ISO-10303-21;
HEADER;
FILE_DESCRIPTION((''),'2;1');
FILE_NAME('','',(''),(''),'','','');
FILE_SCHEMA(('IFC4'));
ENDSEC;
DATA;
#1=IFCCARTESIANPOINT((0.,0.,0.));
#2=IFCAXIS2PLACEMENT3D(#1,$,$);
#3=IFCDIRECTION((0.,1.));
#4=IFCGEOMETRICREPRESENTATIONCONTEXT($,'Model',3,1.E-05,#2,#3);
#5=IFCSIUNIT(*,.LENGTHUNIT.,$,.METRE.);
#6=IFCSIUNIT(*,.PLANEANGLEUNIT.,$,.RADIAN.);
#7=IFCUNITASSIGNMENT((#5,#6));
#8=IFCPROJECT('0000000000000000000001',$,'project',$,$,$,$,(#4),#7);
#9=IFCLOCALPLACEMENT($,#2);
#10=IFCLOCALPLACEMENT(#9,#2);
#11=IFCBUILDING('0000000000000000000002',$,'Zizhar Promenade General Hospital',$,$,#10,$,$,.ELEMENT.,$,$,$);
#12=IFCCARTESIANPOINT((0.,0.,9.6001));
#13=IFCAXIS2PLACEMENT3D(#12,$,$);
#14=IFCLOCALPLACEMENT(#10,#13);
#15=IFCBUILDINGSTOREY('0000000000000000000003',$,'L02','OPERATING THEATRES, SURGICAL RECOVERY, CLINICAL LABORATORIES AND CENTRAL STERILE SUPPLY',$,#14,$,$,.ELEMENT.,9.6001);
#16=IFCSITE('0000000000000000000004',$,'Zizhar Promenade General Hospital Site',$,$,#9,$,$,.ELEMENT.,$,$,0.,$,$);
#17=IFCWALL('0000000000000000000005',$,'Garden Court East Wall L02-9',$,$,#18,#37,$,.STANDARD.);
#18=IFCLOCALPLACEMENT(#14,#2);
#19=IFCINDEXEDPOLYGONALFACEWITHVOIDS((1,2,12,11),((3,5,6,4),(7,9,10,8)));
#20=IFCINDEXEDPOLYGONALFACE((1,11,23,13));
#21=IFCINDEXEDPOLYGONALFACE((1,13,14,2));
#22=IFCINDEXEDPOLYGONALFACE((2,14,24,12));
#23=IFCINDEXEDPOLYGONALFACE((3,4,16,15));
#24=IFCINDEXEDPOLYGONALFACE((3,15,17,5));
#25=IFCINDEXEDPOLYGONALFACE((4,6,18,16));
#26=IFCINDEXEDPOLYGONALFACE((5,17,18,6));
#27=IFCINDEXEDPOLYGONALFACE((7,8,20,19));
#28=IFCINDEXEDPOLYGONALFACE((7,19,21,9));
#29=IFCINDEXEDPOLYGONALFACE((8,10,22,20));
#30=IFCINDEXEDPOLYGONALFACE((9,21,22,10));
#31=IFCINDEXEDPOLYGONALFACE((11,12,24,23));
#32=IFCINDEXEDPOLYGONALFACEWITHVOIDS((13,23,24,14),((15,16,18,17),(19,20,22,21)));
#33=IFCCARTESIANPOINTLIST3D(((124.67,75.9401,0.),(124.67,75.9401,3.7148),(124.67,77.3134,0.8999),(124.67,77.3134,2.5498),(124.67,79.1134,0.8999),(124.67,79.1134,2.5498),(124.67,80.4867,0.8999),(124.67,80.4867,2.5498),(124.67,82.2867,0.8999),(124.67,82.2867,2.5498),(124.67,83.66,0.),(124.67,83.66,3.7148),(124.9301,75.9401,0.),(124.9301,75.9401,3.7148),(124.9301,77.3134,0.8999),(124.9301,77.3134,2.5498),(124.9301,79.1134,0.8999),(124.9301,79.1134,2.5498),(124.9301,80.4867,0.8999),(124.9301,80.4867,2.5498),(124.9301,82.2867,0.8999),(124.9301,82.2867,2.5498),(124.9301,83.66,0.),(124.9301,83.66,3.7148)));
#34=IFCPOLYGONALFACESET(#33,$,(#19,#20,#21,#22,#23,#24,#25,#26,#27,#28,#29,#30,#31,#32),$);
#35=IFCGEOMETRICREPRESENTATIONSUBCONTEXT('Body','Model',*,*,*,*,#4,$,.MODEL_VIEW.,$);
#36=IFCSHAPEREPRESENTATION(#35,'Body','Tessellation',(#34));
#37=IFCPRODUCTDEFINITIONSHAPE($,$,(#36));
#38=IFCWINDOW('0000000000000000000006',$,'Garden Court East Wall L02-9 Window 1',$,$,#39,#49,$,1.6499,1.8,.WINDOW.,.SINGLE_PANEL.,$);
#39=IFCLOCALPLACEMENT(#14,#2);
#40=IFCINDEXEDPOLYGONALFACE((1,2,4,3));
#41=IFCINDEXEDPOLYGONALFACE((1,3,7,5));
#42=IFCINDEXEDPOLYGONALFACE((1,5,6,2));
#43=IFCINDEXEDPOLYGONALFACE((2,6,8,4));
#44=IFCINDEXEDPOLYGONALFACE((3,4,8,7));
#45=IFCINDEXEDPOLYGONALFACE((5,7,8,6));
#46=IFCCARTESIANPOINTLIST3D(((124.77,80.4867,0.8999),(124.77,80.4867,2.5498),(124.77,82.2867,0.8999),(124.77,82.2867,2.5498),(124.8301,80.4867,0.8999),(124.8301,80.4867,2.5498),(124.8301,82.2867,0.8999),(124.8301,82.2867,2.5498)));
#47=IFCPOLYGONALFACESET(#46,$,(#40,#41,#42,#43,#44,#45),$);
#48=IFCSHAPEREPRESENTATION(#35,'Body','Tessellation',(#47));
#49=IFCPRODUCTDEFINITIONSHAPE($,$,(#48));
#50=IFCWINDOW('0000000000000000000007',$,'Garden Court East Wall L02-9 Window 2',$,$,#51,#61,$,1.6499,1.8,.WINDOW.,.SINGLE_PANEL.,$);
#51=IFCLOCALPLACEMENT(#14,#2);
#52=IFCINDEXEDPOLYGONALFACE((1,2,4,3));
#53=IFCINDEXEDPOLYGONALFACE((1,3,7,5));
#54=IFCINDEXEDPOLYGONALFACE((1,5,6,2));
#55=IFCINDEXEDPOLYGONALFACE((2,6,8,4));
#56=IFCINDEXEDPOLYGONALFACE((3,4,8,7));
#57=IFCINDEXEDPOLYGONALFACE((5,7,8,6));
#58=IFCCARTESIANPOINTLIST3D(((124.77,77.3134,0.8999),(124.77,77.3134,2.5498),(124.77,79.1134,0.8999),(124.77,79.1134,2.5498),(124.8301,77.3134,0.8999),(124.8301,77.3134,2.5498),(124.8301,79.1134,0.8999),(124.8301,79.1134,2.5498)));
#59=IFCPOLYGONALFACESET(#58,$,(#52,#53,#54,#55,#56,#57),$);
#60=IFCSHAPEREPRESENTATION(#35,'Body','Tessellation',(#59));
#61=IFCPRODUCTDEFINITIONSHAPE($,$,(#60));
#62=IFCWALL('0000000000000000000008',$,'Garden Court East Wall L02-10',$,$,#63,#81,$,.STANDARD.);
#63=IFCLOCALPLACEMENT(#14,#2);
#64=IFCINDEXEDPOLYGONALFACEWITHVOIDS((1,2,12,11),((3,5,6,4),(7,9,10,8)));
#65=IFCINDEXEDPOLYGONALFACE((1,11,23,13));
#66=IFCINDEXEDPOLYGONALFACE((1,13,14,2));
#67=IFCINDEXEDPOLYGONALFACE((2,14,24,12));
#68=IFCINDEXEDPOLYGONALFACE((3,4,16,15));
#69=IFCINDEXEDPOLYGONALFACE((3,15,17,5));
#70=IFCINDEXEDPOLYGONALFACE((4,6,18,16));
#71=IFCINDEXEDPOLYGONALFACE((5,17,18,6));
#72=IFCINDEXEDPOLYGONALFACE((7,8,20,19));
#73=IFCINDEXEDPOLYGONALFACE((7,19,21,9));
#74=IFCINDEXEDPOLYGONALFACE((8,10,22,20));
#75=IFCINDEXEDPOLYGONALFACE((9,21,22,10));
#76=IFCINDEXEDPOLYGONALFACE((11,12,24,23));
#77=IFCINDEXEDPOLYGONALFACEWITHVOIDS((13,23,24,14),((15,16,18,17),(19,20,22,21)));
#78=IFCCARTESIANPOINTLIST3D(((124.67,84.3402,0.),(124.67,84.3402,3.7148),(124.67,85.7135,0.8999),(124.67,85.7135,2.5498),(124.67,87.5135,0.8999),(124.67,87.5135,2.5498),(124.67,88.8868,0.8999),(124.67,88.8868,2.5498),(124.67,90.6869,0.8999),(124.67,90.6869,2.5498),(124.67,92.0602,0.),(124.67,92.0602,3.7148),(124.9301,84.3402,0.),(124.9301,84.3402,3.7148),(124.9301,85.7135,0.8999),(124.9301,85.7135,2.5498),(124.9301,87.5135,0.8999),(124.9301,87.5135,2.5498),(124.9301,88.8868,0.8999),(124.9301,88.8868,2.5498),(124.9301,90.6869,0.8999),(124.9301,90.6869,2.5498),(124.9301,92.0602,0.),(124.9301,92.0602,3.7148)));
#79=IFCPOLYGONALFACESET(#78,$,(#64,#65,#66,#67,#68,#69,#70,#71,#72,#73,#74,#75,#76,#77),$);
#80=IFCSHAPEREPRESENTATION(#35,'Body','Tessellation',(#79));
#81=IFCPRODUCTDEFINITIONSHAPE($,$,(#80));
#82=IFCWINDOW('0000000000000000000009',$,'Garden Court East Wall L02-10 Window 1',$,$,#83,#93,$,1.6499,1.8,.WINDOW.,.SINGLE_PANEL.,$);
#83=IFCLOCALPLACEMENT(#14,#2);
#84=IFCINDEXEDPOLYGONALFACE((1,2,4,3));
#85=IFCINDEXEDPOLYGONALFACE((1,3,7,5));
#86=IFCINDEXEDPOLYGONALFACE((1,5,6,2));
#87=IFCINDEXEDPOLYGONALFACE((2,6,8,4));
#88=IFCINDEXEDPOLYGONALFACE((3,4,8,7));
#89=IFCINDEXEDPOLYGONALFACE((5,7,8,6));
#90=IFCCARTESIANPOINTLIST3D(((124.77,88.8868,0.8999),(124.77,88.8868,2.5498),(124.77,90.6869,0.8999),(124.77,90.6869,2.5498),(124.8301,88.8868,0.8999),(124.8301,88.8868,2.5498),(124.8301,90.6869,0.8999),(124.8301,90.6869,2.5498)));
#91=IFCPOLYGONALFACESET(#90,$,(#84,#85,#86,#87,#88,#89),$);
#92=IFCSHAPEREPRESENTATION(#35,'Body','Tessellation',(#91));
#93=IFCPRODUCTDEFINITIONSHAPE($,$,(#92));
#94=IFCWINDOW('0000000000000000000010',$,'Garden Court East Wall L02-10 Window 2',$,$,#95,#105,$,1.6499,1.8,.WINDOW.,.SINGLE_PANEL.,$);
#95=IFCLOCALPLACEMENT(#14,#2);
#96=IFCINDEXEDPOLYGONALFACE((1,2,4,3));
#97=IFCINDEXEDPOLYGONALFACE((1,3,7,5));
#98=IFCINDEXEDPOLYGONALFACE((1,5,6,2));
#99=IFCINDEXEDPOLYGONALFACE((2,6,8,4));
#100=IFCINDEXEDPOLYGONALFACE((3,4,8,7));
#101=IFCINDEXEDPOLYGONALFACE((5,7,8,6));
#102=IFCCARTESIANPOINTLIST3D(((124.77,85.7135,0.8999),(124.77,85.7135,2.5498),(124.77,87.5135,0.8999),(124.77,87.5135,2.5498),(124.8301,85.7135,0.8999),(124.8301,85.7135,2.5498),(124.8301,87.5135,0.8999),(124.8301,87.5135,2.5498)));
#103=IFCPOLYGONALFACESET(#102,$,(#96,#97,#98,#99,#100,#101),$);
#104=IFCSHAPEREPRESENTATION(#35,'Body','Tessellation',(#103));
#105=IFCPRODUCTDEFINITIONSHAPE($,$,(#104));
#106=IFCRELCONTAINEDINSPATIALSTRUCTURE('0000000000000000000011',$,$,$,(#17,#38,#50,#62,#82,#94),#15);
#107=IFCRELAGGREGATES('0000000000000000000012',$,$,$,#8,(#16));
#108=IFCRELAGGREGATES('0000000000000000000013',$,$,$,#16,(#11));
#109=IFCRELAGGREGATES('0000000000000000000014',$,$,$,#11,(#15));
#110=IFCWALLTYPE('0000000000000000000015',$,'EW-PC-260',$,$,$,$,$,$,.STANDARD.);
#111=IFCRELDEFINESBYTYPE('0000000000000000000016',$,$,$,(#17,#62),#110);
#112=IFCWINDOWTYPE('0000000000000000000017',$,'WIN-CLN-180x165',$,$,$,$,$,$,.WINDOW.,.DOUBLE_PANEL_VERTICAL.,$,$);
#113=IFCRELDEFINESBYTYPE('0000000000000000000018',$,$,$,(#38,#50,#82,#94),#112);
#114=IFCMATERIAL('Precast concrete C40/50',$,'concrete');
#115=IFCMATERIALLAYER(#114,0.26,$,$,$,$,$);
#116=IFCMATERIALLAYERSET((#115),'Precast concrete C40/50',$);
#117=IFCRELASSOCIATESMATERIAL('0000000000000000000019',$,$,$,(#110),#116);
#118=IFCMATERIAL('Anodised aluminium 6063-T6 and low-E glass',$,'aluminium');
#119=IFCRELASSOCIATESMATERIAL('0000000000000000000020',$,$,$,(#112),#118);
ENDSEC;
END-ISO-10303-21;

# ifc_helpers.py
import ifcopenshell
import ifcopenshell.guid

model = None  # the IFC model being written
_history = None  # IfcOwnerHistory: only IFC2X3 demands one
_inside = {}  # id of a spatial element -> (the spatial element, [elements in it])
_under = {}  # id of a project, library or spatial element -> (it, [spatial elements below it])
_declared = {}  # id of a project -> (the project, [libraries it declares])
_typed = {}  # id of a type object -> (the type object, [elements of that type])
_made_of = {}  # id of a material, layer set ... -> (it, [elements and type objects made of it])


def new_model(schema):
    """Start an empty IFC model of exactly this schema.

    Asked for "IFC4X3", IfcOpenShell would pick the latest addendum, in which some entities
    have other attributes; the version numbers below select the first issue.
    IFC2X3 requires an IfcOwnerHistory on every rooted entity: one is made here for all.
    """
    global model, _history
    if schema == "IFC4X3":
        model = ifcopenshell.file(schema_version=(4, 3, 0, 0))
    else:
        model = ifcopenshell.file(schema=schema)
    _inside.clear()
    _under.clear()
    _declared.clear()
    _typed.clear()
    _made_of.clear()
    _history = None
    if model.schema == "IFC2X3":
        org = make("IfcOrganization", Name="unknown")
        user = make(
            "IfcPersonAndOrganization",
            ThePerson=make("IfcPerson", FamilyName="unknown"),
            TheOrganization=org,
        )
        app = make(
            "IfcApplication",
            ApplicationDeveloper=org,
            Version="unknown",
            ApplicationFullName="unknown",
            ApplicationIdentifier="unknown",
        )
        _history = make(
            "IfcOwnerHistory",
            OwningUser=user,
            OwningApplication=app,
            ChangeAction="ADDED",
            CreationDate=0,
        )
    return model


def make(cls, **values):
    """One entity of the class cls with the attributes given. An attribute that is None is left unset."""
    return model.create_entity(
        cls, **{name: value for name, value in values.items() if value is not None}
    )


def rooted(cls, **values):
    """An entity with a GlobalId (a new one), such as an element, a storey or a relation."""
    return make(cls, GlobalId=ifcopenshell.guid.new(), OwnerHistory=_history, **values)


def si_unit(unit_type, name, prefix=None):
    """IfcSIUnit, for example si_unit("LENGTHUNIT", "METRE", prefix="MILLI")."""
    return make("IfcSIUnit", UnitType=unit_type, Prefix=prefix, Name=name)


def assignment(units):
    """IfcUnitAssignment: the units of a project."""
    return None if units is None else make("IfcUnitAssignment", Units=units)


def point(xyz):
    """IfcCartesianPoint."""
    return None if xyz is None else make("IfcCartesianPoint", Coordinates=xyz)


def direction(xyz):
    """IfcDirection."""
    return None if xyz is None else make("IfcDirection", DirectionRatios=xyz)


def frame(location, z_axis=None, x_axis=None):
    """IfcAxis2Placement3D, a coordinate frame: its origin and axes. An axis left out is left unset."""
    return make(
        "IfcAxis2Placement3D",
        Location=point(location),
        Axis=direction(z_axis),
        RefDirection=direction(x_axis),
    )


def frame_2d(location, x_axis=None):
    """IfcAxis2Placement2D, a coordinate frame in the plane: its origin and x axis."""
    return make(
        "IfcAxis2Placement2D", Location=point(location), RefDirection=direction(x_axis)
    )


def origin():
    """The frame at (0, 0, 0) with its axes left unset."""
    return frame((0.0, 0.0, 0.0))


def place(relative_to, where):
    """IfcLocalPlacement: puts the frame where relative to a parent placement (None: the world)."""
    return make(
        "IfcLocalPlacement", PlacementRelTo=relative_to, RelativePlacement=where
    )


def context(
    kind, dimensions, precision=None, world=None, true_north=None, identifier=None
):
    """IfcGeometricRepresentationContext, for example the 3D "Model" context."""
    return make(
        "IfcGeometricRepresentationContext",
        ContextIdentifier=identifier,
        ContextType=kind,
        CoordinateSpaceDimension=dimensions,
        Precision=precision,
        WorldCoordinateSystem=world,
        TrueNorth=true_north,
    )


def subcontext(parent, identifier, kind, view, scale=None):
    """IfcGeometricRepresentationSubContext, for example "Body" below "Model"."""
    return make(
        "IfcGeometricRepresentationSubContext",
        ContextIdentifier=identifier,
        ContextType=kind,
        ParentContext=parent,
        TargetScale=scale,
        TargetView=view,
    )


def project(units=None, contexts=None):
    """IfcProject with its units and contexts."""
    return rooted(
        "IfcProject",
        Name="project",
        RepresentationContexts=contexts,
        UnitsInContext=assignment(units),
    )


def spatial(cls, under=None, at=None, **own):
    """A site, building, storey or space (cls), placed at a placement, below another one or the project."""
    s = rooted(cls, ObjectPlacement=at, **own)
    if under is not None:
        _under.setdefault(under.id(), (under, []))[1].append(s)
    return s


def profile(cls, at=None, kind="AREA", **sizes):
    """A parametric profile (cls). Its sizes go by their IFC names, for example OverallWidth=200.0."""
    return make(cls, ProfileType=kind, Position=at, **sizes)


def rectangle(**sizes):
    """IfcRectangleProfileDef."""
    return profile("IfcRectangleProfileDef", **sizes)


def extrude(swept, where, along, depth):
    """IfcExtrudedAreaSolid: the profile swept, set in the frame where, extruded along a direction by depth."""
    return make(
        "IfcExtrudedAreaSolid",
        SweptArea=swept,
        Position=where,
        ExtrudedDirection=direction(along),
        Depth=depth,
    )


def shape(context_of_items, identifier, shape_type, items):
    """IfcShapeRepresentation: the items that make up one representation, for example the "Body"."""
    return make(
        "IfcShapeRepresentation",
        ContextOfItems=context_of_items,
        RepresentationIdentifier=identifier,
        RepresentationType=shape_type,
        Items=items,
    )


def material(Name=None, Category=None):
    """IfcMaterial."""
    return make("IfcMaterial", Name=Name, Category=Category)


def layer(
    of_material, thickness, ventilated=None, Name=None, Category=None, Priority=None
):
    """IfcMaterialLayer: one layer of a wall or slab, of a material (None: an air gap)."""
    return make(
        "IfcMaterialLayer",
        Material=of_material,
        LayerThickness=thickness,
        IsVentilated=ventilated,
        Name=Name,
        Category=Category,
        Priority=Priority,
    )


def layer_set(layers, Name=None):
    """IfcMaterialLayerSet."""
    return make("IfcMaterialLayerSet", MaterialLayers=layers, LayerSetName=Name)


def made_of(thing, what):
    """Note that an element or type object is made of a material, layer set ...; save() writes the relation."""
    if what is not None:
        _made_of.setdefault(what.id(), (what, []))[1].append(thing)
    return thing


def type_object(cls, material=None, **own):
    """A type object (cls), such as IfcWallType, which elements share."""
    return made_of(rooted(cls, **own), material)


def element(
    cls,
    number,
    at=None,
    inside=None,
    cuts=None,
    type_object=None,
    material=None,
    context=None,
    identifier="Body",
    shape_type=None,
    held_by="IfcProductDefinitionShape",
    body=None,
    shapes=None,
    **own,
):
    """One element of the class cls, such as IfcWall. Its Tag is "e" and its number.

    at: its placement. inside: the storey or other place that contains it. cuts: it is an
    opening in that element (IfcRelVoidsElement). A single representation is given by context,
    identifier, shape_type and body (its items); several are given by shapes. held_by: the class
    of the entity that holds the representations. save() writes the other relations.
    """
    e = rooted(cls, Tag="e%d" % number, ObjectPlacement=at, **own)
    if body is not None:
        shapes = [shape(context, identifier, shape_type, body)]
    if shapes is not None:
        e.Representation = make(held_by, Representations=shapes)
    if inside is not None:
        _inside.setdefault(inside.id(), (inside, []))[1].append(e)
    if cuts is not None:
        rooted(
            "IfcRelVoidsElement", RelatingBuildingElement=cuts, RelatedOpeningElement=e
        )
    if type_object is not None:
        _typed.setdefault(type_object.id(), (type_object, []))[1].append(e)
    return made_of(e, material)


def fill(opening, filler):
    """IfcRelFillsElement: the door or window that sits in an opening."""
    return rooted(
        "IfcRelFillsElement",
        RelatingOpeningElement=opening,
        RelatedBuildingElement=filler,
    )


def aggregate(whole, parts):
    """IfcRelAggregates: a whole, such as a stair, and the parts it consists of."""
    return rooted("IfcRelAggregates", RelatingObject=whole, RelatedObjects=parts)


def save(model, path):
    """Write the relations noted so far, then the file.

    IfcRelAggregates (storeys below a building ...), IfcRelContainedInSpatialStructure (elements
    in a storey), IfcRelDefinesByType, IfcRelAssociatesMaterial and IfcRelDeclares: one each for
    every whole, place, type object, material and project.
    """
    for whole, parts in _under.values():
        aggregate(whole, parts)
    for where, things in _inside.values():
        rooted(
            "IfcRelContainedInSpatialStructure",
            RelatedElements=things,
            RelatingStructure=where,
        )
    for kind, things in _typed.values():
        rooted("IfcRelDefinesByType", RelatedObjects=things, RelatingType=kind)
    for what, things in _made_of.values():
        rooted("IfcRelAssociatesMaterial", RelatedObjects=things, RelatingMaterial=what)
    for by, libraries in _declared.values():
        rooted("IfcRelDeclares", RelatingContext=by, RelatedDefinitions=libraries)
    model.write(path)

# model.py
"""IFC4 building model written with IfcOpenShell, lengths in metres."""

from ifc_helpers import new_model, si_unit, direction, frame, frame_2d, origin, place, context, subcontext, project, spatial, rectangle, extrude, material, layer, layer_set, type_object, element, fill, save


model = new_model("IFC4")

# Units and contexts
model_context = context("Model", 3, precision=1e-05, world=origin(), true_north=direction((0.0, 1.0)))
body_context = subcontext(model_context, "Body", "Model", "MODEL_VIEW")
ifc_project = project(units=[si_unit("LENGTHUNIT", "METRE"), si_unit("PLANEANGLEUNIT", "RADIAN")], contexts=[model_context])

# Site, building, storey
site_placement = place(None, origin())
site = spatial("IfcSite", under=ifc_project, at=site_placement, Name="Zizhar Promenade General Hospital Site", CompositionType="ELEMENT", RefElevation=0.0)
building_placement = place(site_placement, origin())
building = spatial("IfcBuilding", under=site, at=building_placement, Name="Zizhar Promenade General Hospital", CompositionType="ELEMENT")
storey_placement = place(building_placement, frame((0.0, 0.0, 9.6001)))
storey = spatial("IfcBuildingStorey", under=building, at=storey_placement, Name="L02", Description="OPERATING THEATRES, SURGICAL RECOVERY, CLINICAL LABORATORIES AND CENTRAL STERILE SUPPLY", CompositionType="ELEMENT", Elevation=9.6001)

# Walls, openings, windows
ifc_material_1 = material(Name="Precast concrete C40/50", Category="concrete")
ifc_layer_1 = layer(ifc_material_1, 0.26)
ifc_layer_set_1 = layer_set([ifc_layer_1], Name="Precast concrete C40/50")
wall_type = type_object("IfcWallType", Name="EW-PC-260", PredefinedType="STANDARD", material=ifc_layer_set_1)
wall_1_placement = place(storey_placement, frame((124.8, 83.6599, 0.0), z_axis=(0.0, 0.0, 1.0), x_axis=(0.0, -1.0, 0.0)))
wall_1 = element("IfcWall", 1, at=wall_1_placement, inside=storey, type_object=wall_type, Name="Garden Court East Wall L02-9", PredefinedType="STANDARD", context=body_context, shape_type="SweptSolid", body=[
    extrude(rectangle(XDim=7.72, YDim=0.26, at=frame_2d((3.8599, 0.0))), origin(), (0.0, 0.0, 1.0), 3.7148),
])
opening_1_placement = place(wall_1_placement, frame((1.3733, 0.0, 0.8999)))
opening_1 = element("IfcOpeningElement", 2, at=opening_1_placement, cuts=wall_1, PredefinedType="OPENING", context=body_context, shape_type="SweptSolid", body=[
    extrude(rectangle(XDim=1.8, YDim=1.6499, at=frame_2d((0.8999, 0.825))), frame((0.0, 0.1401, 0.0), z_axis=(0.0, -1.0, 0.0), x_axis=(1.0, 0.0, 0.0)), (0.0, 0.0, 1.0), 0.28),
])
opening_2_placement = place(wall_1_placement, frame((4.5466, 0.0, 0.8999)))
opening_2 = element("IfcOpeningElement", 3, at=opening_2_placement, cuts=wall_1, PredefinedType="OPENING", context=body_context, shape_type="SweptSolid", body=[
    extrude(rectangle(XDim=1.8, YDim=1.6499, at=frame_2d((0.8999, 0.825))), frame((0.0, 0.1401, 0.0), z_axis=(0.0, -1.0, 0.0), x_axis=(1.0, 0.0, 0.0)), (0.0, 0.0, 1.0), 0.28),
])
ifc_material_2 = material(Name="Anodised aluminium 6063-T6 and low-E glass", Category="aluminium")
window_type = type_object("IfcWindowType", Name="WIN-CLN-180x165", PartitioningType="DOUBLE_PANEL_VERTICAL", PredefinedType="WINDOW", material=ifc_material_2)
window_1_placement = place(opening_1_placement, origin())
window_1 = element("IfcWindow", 4, at=window_1_placement, inside=storey, type_object=window_type, Name="Garden Court East Wall L02-9 Window 1", OverallHeight=1.6499, OverallWidth=1.8, PartitioningType="SINGLE_PANEL", PredefinedType="WINDOW", context=body_context, shape_type="SweptSolid", body=[
    extrude(rectangle(XDim=1.8, YDim=1.6499, at=frame_2d((0.8999, 0.825))), frame((0.0, 0.03, 0.0), z_axis=(0.0, -1.0, 0.0), x_axis=(1.0, 0.0, 0.0)), (0.0, 0.0, 1.0), 0.0601),
])
fill(opening_1, window_1)
window_2_placement = place(opening_2_placement, origin())
window_2 = element("IfcWindow", 5, at=window_2_placement, inside=storey, type_object=window_type, Name="Garden Court East Wall L02-9 Window 2", OverallHeight=1.6499, OverallWidth=1.8, PartitioningType="SINGLE_PANEL", PredefinedType="WINDOW", context=body_context, shape_type="SweptSolid", body=[
    extrude(rectangle(XDim=1.8, YDim=1.6499, at=frame_2d((0.8999, 0.825))), frame((0.0, 0.03, 0.0), z_axis=(0.0, -1.0, 0.0), x_axis=(1.0, 0.0, 0.0)), (0.0, 0.0, 1.0), 0.0601),
])
fill(opening_2, window_2)
wall_2_placement = place(storey_placement, frame((124.8, 92.0601, 0.0), z_axis=(0.0, 0.0, 1.0), x_axis=(0.0, -1.0, 0.0)))
wall_2 = element("IfcWall", 6, at=wall_2_placement, inside=storey, type_object=wall_type, Name="Garden Court East Wall L02-10", PredefinedType="STANDARD", context=body_context, shape_type="SweptSolid", body=[
    extrude(rectangle(XDim=7.72, YDim=0.26, at=frame_2d((3.8599, 0.0))), origin(), (0.0, 0.0, 1.0), 3.7148),
])
opening_3_placement = place(wall_2_placement, frame((1.3733, 0.0, 0.8999)))
opening_3 = element("IfcOpeningElement", 7, at=opening_3_placement, cuts=wall_2, PredefinedType="OPENING", context=body_context, shape_type="SweptSolid", body=[
    extrude(rectangle(XDim=1.8, YDim=1.6499, at=frame_2d((0.8999, 0.825))), frame((0.0, 0.1401, 0.0), z_axis=(0.0, -1.0, 0.0), x_axis=(1.0, 0.0, 0.0)), (0.0, 0.0, 1.0), 0.28),
])
opening_4_placement = place(wall_2_placement, frame((4.5466, 0.0, 0.8999)))
opening_4 = element("IfcOpeningElement", 8, at=opening_4_placement, cuts=wall_2, PredefinedType="OPENING", context=body_context, shape_type="SweptSolid", body=[
    extrude(rectangle(XDim=1.8, YDim=1.6499, at=frame_2d((0.8999, 0.825))), frame((0.0, 0.1401, 0.0), z_axis=(0.0, -1.0, 0.0), x_axis=(1.0, 0.0, 0.0)), (0.0, 0.0, 1.0), 0.28),
])
window_3_placement = place(opening_3_placement, origin())
window_3 = element("IfcWindow", 9, at=window_3_placement, inside=storey, type_object=window_type, Name="Garden Court East Wall L02-10 Window 1", OverallHeight=1.6499, OverallWidth=1.8, PartitioningType="SINGLE_PANEL", PredefinedType="WINDOW", context=body_context, shape_type="SweptSolid", body=[
    extrude(rectangle(XDim=1.8, YDim=1.6499, at=frame_2d((0.8999, 0.825))), frame((0.0, 0.03, 0.0), z_axis=(0.0, -1.0, 0.0), x_axis=(1.0, 0.0, 0.0)), (0.0, 0.0, 1.0), 0.0601),
])
fill(opening_3, window_3)
window_4_placement = place(opening_4_placement, origin())
window_4 = element("IfcWindow", 10, at=window_4_placement, inside=storey, type_object=window_type, Name="Garden Court East Wall L02-10 Window 2", OverallHeight=1.6499, OverallWidth=1.8, PartitioningType="SINGLE_PANEL", PredefinedType="WINDOW", context=body_context, shape_type="SweptSolid", body=[
    extrude(rectangle(XDim=1.8, YDim=1.6499, at=frame_2d((0.8999, 0.825))), frame((0.0, 0.03, 0.0), z_axis=(0.0, -1.0, 0.0), x_axis=(1.0, 0.0, 0.0)), (0.0, 0.0, 1.0), 0.0601),
])
fill(opening_4, window_4)

save(model, "model.ifc")
